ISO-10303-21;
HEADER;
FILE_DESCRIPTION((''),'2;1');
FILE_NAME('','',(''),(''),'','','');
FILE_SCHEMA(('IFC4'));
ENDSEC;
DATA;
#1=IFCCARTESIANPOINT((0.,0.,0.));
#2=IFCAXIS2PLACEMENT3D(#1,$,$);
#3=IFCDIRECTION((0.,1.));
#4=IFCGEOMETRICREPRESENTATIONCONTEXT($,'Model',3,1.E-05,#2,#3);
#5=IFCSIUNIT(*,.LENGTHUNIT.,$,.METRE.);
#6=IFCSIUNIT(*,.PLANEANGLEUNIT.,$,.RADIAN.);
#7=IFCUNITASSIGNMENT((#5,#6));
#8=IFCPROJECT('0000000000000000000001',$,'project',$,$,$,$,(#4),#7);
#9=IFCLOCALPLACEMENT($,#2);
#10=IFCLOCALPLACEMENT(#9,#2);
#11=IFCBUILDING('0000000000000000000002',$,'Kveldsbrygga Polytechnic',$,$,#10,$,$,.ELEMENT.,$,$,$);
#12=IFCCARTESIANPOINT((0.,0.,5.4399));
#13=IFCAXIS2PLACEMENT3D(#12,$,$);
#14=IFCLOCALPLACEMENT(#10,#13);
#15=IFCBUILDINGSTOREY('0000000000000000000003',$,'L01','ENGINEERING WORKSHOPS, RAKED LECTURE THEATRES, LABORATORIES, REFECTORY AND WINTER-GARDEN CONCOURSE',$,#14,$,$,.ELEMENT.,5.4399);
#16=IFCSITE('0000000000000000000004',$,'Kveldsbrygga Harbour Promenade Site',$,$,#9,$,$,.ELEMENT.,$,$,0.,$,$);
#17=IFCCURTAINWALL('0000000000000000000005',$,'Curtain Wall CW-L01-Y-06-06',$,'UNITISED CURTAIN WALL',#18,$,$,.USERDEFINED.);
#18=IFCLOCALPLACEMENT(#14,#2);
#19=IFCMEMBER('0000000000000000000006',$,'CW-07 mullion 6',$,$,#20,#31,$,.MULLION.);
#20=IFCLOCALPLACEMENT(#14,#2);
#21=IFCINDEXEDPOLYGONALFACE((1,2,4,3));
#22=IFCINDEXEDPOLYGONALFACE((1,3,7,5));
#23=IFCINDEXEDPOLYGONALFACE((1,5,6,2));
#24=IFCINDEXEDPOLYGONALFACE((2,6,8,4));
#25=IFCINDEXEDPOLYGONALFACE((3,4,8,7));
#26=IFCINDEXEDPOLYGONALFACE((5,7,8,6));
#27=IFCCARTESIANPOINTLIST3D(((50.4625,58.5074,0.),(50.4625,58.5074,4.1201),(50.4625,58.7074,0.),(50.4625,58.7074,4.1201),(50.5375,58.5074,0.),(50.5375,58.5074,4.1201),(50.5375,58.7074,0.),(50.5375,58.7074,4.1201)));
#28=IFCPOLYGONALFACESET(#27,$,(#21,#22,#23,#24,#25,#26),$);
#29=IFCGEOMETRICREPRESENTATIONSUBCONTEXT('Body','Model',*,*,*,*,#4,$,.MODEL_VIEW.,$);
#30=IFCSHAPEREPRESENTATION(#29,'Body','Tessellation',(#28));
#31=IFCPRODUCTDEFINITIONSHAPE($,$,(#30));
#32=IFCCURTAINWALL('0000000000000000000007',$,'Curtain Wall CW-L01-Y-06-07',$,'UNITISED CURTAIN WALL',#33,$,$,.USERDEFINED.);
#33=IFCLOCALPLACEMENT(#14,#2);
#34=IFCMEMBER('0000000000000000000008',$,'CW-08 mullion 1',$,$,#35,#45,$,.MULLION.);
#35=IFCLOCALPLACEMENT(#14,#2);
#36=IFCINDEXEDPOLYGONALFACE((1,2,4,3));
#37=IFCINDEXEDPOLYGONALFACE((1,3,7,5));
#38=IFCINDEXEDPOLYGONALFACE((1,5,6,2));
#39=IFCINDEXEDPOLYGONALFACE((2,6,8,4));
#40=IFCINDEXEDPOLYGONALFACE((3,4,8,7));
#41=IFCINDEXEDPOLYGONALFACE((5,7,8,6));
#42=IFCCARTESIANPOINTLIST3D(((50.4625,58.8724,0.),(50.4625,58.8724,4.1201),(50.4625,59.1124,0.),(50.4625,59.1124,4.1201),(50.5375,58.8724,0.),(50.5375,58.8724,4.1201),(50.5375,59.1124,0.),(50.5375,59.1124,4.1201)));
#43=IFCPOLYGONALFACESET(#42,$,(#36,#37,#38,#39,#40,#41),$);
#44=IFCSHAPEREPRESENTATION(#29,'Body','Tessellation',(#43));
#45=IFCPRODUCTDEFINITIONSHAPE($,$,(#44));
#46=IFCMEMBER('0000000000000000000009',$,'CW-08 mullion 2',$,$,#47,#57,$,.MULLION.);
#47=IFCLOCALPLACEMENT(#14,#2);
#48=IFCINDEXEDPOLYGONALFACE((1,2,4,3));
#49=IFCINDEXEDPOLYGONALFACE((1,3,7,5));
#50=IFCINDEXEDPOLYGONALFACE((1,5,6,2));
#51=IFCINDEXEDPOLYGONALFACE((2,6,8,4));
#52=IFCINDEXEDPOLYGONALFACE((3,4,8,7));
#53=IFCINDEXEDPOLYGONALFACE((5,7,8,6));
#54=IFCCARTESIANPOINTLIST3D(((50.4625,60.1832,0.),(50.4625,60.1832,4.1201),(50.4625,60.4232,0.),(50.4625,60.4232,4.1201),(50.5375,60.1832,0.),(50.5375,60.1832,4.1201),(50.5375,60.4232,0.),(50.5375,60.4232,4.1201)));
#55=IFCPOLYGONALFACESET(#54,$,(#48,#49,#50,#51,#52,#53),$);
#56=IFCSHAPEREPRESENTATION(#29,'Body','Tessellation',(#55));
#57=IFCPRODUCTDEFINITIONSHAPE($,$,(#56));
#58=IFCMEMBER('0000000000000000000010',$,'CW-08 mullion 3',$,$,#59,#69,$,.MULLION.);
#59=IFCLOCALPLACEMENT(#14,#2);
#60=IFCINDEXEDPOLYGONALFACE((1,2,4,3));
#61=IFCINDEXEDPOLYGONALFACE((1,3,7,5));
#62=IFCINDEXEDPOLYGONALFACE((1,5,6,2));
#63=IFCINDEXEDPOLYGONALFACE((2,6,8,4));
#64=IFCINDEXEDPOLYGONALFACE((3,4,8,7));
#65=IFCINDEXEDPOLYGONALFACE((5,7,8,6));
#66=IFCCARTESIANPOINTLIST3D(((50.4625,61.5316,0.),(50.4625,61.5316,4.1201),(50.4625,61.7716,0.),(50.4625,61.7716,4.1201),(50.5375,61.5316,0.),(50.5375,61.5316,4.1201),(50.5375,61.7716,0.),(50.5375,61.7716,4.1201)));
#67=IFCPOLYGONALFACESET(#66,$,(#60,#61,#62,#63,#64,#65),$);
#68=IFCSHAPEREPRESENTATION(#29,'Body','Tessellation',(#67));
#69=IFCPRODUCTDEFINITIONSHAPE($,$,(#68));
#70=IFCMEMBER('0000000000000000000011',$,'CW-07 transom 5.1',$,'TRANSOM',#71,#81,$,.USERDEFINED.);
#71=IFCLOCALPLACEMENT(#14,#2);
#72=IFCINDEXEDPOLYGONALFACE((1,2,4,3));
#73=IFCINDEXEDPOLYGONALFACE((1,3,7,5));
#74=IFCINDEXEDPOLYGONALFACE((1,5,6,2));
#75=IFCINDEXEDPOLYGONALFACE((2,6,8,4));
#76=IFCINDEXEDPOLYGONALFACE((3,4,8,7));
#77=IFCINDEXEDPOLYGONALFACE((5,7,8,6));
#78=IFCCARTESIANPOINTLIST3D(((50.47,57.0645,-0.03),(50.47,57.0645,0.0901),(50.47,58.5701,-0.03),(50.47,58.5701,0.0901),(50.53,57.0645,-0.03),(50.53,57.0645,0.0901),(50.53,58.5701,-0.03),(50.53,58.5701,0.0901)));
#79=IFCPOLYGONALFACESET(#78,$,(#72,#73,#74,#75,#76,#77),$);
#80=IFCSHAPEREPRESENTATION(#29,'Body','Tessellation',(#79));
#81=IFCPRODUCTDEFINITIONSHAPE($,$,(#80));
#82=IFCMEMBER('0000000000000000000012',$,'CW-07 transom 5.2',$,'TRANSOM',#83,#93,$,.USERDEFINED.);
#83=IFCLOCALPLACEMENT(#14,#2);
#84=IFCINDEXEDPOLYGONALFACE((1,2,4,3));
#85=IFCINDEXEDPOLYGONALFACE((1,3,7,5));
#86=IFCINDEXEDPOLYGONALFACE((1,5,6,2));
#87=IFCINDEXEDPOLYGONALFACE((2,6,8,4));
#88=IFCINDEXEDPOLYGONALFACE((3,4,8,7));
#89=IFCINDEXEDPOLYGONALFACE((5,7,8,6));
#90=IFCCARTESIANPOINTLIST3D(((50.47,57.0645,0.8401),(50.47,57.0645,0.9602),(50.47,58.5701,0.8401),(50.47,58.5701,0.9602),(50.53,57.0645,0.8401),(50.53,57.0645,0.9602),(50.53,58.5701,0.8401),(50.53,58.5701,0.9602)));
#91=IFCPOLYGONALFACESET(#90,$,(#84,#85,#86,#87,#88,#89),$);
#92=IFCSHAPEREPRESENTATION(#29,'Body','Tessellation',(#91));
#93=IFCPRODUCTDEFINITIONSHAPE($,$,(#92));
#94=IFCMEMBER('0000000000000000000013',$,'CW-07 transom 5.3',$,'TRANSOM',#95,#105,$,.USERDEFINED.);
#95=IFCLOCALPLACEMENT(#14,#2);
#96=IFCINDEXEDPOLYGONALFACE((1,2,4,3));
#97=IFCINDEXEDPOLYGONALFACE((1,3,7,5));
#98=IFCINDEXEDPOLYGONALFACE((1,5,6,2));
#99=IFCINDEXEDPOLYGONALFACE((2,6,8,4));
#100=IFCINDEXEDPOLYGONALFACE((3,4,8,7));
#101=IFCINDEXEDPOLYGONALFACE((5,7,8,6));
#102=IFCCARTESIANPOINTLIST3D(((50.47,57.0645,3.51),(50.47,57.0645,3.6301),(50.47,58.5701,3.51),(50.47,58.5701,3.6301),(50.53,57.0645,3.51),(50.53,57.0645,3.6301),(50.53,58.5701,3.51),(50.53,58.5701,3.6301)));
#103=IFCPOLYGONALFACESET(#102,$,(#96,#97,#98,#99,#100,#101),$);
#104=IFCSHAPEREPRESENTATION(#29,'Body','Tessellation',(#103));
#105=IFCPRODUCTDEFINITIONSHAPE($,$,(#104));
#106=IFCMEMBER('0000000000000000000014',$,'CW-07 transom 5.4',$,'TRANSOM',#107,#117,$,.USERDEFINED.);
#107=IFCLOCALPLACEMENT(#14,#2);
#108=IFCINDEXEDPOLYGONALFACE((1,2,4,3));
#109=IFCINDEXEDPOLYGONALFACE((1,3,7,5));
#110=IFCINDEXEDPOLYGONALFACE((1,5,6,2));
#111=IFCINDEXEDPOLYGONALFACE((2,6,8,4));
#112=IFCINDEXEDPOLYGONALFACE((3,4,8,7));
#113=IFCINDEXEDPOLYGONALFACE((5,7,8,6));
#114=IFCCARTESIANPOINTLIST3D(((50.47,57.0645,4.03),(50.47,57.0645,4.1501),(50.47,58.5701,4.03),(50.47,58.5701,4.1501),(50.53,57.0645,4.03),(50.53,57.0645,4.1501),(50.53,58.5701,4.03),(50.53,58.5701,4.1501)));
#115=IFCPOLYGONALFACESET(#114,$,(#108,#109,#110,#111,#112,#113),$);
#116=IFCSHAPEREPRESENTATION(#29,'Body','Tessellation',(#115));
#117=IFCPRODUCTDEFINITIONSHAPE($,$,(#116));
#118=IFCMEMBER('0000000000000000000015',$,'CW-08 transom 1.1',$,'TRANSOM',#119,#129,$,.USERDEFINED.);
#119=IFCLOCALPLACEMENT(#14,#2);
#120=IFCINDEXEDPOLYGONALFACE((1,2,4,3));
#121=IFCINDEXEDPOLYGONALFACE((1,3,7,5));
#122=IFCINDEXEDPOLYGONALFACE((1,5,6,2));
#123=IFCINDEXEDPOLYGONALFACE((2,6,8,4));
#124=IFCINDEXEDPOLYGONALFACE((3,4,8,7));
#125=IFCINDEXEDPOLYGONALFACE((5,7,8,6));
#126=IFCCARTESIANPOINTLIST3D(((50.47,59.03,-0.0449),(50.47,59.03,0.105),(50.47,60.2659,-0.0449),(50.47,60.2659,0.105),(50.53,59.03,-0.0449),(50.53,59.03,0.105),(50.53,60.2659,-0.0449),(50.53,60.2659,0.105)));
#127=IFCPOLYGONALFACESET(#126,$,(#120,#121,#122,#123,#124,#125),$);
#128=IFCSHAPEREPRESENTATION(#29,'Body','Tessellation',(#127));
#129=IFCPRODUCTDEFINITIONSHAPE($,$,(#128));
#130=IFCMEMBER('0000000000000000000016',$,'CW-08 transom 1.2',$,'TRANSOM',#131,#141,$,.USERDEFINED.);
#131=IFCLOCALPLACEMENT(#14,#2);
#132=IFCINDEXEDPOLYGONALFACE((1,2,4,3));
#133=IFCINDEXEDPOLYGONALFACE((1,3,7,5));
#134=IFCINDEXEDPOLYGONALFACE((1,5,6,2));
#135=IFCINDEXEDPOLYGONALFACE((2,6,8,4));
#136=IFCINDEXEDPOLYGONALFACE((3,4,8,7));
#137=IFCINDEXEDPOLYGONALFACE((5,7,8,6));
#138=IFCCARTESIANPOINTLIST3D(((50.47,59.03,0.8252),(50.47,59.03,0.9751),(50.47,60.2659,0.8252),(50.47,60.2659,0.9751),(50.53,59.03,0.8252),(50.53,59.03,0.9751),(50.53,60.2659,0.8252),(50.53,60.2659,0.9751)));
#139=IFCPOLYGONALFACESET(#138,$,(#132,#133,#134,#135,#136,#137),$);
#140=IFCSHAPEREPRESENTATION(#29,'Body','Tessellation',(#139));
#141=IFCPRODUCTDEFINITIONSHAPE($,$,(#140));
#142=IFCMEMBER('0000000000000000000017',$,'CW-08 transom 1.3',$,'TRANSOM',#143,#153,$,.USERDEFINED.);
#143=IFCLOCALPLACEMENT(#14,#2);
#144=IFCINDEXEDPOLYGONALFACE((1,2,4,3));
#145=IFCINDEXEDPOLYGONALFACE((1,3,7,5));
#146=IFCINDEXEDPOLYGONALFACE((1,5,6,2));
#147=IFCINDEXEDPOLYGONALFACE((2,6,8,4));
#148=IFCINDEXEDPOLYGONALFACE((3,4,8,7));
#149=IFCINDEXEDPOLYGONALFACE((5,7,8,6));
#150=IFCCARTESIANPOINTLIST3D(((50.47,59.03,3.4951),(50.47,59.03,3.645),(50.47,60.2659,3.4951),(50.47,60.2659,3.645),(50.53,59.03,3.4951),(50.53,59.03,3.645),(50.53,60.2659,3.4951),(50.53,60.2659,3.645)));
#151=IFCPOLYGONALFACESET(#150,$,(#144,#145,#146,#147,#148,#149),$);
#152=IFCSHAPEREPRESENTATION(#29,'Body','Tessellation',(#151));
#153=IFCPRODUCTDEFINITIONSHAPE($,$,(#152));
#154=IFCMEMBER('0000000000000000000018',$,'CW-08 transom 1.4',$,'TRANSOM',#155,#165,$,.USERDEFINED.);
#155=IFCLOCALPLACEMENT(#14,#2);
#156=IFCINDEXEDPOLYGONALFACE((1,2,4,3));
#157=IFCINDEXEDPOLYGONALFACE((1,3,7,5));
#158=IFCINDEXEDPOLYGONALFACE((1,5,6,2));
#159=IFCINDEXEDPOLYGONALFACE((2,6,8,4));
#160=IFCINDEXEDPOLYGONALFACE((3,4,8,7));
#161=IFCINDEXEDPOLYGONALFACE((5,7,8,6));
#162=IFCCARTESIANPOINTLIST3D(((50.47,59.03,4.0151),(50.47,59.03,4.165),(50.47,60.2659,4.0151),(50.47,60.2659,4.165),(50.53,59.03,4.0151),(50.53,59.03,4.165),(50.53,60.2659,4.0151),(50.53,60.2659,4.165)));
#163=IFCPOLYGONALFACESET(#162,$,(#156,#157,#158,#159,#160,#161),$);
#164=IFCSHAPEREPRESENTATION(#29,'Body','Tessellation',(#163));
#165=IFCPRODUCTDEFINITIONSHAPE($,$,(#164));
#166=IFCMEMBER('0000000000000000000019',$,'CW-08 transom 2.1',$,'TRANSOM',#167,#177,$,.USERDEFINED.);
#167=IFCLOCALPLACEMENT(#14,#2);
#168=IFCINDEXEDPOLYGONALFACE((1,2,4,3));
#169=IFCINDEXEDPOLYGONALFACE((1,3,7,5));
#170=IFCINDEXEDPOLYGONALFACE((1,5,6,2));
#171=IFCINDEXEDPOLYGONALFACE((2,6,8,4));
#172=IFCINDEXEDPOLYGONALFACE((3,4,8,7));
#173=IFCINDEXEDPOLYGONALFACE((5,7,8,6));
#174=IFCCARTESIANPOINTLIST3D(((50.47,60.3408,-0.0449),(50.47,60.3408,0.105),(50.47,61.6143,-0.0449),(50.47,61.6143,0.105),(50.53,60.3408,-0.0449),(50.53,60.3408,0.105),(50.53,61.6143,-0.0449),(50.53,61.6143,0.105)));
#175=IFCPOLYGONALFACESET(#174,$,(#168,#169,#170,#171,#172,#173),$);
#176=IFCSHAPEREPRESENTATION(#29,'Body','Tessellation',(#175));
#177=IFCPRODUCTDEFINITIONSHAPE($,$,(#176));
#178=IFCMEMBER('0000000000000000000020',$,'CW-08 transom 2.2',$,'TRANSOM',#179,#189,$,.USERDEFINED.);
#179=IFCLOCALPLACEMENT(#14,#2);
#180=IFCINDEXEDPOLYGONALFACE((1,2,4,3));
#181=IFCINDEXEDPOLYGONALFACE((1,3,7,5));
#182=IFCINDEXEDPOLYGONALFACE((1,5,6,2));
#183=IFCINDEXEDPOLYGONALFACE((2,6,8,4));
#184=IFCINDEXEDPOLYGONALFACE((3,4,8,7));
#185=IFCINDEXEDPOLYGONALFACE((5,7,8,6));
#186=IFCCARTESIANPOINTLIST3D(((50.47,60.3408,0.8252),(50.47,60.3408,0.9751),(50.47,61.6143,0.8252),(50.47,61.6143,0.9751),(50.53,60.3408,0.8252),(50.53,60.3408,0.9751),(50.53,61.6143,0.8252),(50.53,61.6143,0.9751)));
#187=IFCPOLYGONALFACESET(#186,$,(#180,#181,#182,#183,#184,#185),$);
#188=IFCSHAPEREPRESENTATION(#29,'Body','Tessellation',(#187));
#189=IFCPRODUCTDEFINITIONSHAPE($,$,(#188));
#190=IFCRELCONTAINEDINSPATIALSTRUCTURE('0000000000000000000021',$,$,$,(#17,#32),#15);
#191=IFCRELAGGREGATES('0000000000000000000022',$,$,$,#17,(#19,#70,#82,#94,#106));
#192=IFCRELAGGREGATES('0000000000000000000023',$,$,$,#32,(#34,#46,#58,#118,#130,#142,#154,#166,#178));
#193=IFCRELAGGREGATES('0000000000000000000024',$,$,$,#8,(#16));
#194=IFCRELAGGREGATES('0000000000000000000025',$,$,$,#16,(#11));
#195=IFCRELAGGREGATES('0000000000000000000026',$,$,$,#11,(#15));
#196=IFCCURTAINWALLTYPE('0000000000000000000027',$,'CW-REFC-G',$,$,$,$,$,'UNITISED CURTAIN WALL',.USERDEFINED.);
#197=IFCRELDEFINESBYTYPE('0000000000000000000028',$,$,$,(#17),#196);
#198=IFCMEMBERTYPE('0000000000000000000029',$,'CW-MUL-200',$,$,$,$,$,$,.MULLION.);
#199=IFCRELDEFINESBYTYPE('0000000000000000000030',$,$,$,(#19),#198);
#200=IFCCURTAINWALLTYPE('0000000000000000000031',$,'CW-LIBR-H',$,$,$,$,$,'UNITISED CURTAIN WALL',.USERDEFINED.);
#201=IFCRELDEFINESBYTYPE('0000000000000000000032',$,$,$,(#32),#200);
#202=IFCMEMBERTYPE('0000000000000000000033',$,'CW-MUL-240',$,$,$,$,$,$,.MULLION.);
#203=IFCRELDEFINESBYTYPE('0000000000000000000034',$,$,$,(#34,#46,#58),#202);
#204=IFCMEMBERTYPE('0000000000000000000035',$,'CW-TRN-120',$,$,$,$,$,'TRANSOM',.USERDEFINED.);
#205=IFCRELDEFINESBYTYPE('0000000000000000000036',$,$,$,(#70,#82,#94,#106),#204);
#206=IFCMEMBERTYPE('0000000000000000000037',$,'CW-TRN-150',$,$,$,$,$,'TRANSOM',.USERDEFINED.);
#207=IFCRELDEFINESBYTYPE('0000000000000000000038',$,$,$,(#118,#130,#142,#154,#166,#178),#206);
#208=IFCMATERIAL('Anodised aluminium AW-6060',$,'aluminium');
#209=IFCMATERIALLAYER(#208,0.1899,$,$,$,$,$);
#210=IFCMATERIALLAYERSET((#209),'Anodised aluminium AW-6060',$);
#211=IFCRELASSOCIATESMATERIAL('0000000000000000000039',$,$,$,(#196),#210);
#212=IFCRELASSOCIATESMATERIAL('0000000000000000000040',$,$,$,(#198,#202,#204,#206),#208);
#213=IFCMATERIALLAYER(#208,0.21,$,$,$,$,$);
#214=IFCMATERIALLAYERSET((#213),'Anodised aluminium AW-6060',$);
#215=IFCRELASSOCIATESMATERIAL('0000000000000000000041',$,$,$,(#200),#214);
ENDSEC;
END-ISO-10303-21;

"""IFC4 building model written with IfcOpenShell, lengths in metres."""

from ifc_helpers import new_model, si_unit, direction, frame, origin, origin_2d, place, context, subcontext, project, spatial, rectangle, extrude, material, layer, layer_set, material_profile, profile_set, type_object, element, aggregate, save


model = new_model("IFC4")

# Units and contexts
model_context = context("Model", 3, precision=1e-05, world=origin(), true_north=direction((0.0, 1.0)))
body_context = subcontext(model_context, "Body", "Model", "MODEL_VIEW")
ifc_project = project(units=[si_unit("LENGTHUNIT", "METRE"), si_unit("PLANEANGLEUNIT", "RADIAN")], contexts=[model_context])

# Site, building, storey
site_placement = place(None, origin())
site = spatial("IfcSite", under=ifc_project, at=site_placement, Name="Kveldsbrygga Harbour Promenade Site", CompositionType="ELEMENT", RefElevation=0.0)
building_placement = place(site_placement, origin())
building = spatial("IfcBuilding", under=site, at=building_placement, Name="Kveldsbrygga Polytechnic", CompositionType="ELEMENT")
storey_placement = place(building_placement, frame((0.0, 0.0, 5.4399)))
storey = spatial("IfcBuildingStorey", under=building, at=storey_placement, Name="L01", Description="ENGINEERING WORKSHOPS, RAKED LECTURE THEATRES, LABORATORIES, REFECTORY AND WINTER-GARDEN CONCOURSE", CompositionType="ELEMENT", Elevation=5.4399)

# Curtain wall, member
ifc_material_1 = material(Name="Anodised aluminium AW-6060", Category="aluminium")
ifc_layer_1 = layer(ifc_material_1, 0.1899)
ifc_layer_set_1 = layer_set([ifc_layer_1], Name="Anodised aluminium AW-6060")
curtain_wall_type_1 = type_object("IfcCurtainWallType", Name="CW-REFC-G", ElementType="UNITISED CURTAIN WALL", PredefinedType="USERDEFINED", material=ifc_layer_set_1)
curtain_wall_1_placement = place(storey_placement, origin())
curtain_wall_1 = element("IfcCurtainWall", 1, at=curtain_wall_1_placement, inside=storey, type_object=curtain_wall_type_1, Name="Curtain Wall CW-L01-Y-06-06", ObjectType="UNITISED CURTAIN WALL", PredefinedType="USERDEFINED")
ifc_material_profile_1 = material_profile(ifc_material_1, rectangle(XDim=0.075, YDim=0.2, at=origin_2d()), Name="ALU 75x200")
ifc_profile_set_1 = profile_set([ifc_material_profile_1], Name="Anodised aluminium AW-6060")
member_type_1 = type_object("IfcMemberType", Name="CW-MUL-200", PredefinedType="MULLION", material=ifc_profile_set_1)
member_1_placement = place(storey_placement, frame((50.5, 58.6074, 0.0), z_axis=(0.0, 0.0, 1.0), x_axis=(-1.0, 0.0, 0.0)))
member_1 = element("IfcMember", 2, at=member_1_placement, type_object=member_type_1, Name="CW-07 mullion 6", PredefinedType="MULLION", context=body_context, shape_type="SweptSolid", body=[
    extrude(rectangle(XDim=0.075, YDim=0.2, at=origin_2d()), origin(), (0.0, 0.0, 1.0), 4.1201),
])

# Curtain wall, members
ifc_layer_2 = layer(ifc_material_1, 0.21)
ifc_layer_set_2 = layer_set([ifc_layer_2], Name="Anodised aluminium AW-6060")
curtain_wall_type_2 = type_object("IfcCurtainWallType", Name="CW-LIBR-H", ElementType="UNITISED CURTAIN WALL", PredefinedType="USERDEFINED", material=ifc_layer_set_2)
curtain_wall_2_placement = place(storey_placement, origin())
curtain_wall_2 = element("IfcCurtainWall", 3, at=curtain_wall_2_placement, inside=storey, type_object=curtain_wall_type_2, Name="Curtain Wall CW-L01-Y-06-07", ObjectType="UNITISED CURTAIN WALL", PredefinedType="USERDEFINED")
ifc_material_profile_2 = material_profile(ifc_material_1, rectangle(XDim=0.075, YDim=0.24, at=origin_2d()), Name="ALU 75x240")
ifc_profile_set_2 = profile_set([ifc_material_profile_2], Name="Anodised aluminium AW-6060")
member_type_2 = type_object("IfcMemberType", Name="CW-MUL-240", PredefinedType="MULLION", material=ifc_profile_set_2)
member_2_placement = place(storey_placement, frame((50.5, 58.9924, 0.0), z_axis=(0.0, 0.0, 1.0), x_axis=(-1.0, 0.0, 0.0)))
member_2 = element("IfcMember", 4, at=member_2_placement, type_object=member_type_2, Name="CW-08 mullion 1", PredefinedType="MULLION", context=body_context, shape_type="SweptSolid", body=[
    extrude(rectangle(XDim=0.075, YDim=0.24, at=origin_2d()), origin(), (0.0, 0.0, 1.0), 4.1201),
])
member_3_placement = place(storey_placement, frame((50.5, 60.3032, 0.0), z_axis=(0.0, 0.0, 1.0), x_axis=(-1.0, 0.0, 0.0)))
member_3 = element("IfcMember", 5, at=member_3_placement, type_object=member_type_2, Name="CW-08 mullion 2", PredefinedType="MULLION", context=body_context, shape_type="SweptSolid", body=[
    extrude(rectangle(XDim=0.075, YDim=0.24, at=origin_2d()), origin(), (0.0, 0.0, 1.0), 4.1201),
])
member_4_placement = place(storey_placement, frame((50.5, 61.6516, 0.0), z_axis=(0.0, 0.0, 1.0), x_axis=(-1.0, 0.0, 0.0)))
member_4 = element("IfcMember", 6, at=member_4_placement, type_object=member_type_2, Name="CW-08 mullion 3", PredefinedType="MULLION", context=body_context, shape_type="SweptSolid", body=[
    extrude(rectangle(XDim=0.075, YDim=0.24, at=origin_2d()), origin(), (0.0, 0.0, 1.0), 4.1201),
])

# Members
ifc_material_profile_3 = material_profile(ifc_material_1, rectangle(XDim=0.0601, YDim=0.1201, at=origin_2d()), Name="ALU 60x120")
ifc_profile_set_3 = profile_set([ifc_material_profile_3], Name="Anodised aluminium AW-6060")
member_type_3 = type_object("IfcMemberType", Name="CW-TRN-120", ElementType="TRANSOM", PredefinedType="USERDEFINED", material=ifc_profile_set_3)
member_5_placement = place(storey_placement, frame((50.5, 57.0645, 0.03), z_axis=(0.0, 1.0, 0.0), x_axis=(-1.0, 0.0, 0.0)))
member_5 = element("IfcMember", 7, at=member_5_placement, type_object=member_type_3, Name="CW-07 transom 5.1", ObjectType="TRANSOM", PredefinedType="USERDEFINED", context=body_context, shape_type="SweptSolid", body=[
    extrude(rectangle(XDim=0.0601, YDim=0.1201, at=origin_2d()), origin(), (0.0, 0.0, 1.0), 1.5056),
])
member_6_placement = place(storey_placement, frame((50.5, 57.0645, 0.9001), z_axis=(0.0, 1.0, 0.0), x_axis=(-1.0, 0.0, 0.0)))
member_6 = element("IfcMember", 8, at=member_6_placement, type_object=member_type_3, Name="CW-07 transom 5.2", ObjectType="TRANSOM", PredefinedType="USERDEFINED", context=body_context, shape_type="SweptSolid", body=[
    extrude(rectangle(XDim=0.0601, YDim=0.1201, at=origin_2d()), origin(), (0.0, 0.0, 1.0), 1.5056),
])
member_7_placement = place(storey_placement, frame((50.5, 57.0645, 3.5701), z_axis=(0.0, 1.0, 0.0), x_axis=(-1.0, 0.0, 0.0)))
member_7 = element("IfcMember", 9, at=member_7_placement, type_object=member_type_3, Name="CW-07 transom 5.3", ObjectType="TRANSOM", PredefinedType="USERDEFINED", context=body_context, shape_type="SweptSolid", body=[
    extrude(rectangle(XDim=0.0601, YDim=0.1201, at=origin_2d()), origin(), (0.0, 0.0, 1.0), 1.5056),
])
member_8_placement = place(storey_placement, frame((50.5, 57.0645, 4.0901), z_axis=(0.0, 1.0, 0.0), x_axis=(-1.0, 0.0, 0.0)))
member_8 = element("IfcMember", 10, at=member_8_placement, type_object=member_type_3, Name="CW-07 transom 5.4", ObjectType="TRANSOM", PredefinedType="USERDEFINED", context=body_context, shape_type="SweptSolid", body=[
    extrude(rectangle(XDim=0.0601, YDim=0.1201, at=origin_2d()), origin(), (0.0, 0.0, 1.0), 1.5056),
])
ifc_material_profile_4 = material_profile(ifc_material_1, rectangle(XDim=0.0601, YDim=0.1499, at=origin_2d()), Name="ALU 60x150")
ifc_profile_set_4 = profile_set([ifc_material_profile_4], Name="Anodised aluminium AW-6060")
member_type_4 = type_object("IfcMemberType", Name="CW-TRN-150", ElementType="TRANSOM", PredefinedType="USERDEFINED", material=ifc_profile_set_4)
member_9_placement = place(storey_placement, frame((50.5, 59.03, 0.03), z_axis=(0.0, 1.0, 0.0), x_axis=(-1.0, 0.0, 0.0)))
member_9 = element("IfcMember", 11, at=member_9_placement, type_object=member_type_4, Name="CW-08 transom 1.1", ObjectType="TRANSOM", PredefinedType="USERDEFINED", context=body_context, shape_type="SweptSolid", body=[
    extrude(rectangle(XDim=0.0601, YDim=0.1499, at=origin_2d()), origin(), (0.0, 0.0, 1.0), 1.2358),
])
member_10_placement = place(storey_placement, frame((50.5, 59.03, 0.9001), z_axis=(0.0, 1.0, 0.0), x_axis=(-1.0, 0.0, 0.0)))
member_10 = element("IfcMember", 12, at=member_10_placement, type_object=member_type_4, Name="CW-08 transom 1.2", ObjectType="TRANSOM", PredefinedType="USERDEFINED", context=body_context, shape_type="SweptSolid", body=[
    extrude(rectangle(XDim=0.0601, YDim=0.1499, at=origin_2d()), origin(), (0.0, 0.0, 1.0), 1.2358),
])
member_11_placement = place(storey_placement, frame((50.5, 59.03, 3.5701), z_axis=(0.0, 1.0, 0.0), x_axis=(-1.0, 0.0, 0.0)))
member_11 = element("IfcMember", 13, at=member_11_placement, type_object=member_type_4, Name="CW-08 transom 1.3", ObjectType="TRANSOM", PredefinedType="USERDEFINED", context=body_context, shape_type="SweptSolid", body=[
    extrude(rectangle(XDim=0.0601, YDim=0.1499, at=origin_2d()), origin(), (0.0, 0.0, 1.0), 1.2358),
])
member_12_placement = place(storey_placement, frame((50.5, 59.03, 4.0901), z_axis=(0.0, 1.0, 0.0), x_axis=(-1.0, 0.0, 0.0)))
member_12 = element("IfcMember", 14, at=member_12_placement, type_object=member_type_4, Name="CW-08 transom 1.4", ObjectType="TRANSOM", PredefinedType="USERDEFINED", context=body_context, shape_type="SweptSolid", body=[
    extrude(rectangle(XDim=0.0601, YDim=0.1499, at=origin_2d()), origin(), (0.0, 0.0, 1.0), 1.2358),
])
member_13_placement = place(storey_placement, frame((50.5, 60.3408, 0.03), z_axis=(0.0, 1.0, 0.0), x_axis=(-1.0, 0.0, 0.0)))
member_13 = element("IfcMember", 15, at=member_13_placement, type_object=member_type_4, Name="CW-08 transom 2.1", ObjectType="TRANSOM", PredefinedType="USERDEFINED", context=body_context, shape_type="SweptSolid", body=[
    extrude(rectangle(XDim=0.0601, YDim=0.1499, at=origin_2d()), origin(), (0.0, 0.0, 1.0), 1.2734),
])
member_14_placement = place(storey_placement, frame((50.5, 60.3408, 0.9001), z_axis=(0.0, 1.0, 0.0), x_axis=(-1.0, 0.0, 0.0)))
member_14 = element("IfcMember", 16, at=member_14_placement, type_object=member_type_4, Name="CW-08 transom 2.2", ObjectType="TRANSOM", PredefinedType="USERDEFINED", context=body_context, shape_type="SweptSolid", body=[
    extrude(rectangle(XDim=0.0601, YDim=0.1499, at=origin_2d()), origin(), (0.0, 0.0, 1.0), 1.2734),
])

aggregate(curtain_wall_1, [member_1, member_5, member_6, member_7, member_8])
aggregate(curtain_wall_2, [member_2, member_3, member_4, member_9, member_10, member_11, member_12, member_13, member_14])

save(model, "model.ifc")
